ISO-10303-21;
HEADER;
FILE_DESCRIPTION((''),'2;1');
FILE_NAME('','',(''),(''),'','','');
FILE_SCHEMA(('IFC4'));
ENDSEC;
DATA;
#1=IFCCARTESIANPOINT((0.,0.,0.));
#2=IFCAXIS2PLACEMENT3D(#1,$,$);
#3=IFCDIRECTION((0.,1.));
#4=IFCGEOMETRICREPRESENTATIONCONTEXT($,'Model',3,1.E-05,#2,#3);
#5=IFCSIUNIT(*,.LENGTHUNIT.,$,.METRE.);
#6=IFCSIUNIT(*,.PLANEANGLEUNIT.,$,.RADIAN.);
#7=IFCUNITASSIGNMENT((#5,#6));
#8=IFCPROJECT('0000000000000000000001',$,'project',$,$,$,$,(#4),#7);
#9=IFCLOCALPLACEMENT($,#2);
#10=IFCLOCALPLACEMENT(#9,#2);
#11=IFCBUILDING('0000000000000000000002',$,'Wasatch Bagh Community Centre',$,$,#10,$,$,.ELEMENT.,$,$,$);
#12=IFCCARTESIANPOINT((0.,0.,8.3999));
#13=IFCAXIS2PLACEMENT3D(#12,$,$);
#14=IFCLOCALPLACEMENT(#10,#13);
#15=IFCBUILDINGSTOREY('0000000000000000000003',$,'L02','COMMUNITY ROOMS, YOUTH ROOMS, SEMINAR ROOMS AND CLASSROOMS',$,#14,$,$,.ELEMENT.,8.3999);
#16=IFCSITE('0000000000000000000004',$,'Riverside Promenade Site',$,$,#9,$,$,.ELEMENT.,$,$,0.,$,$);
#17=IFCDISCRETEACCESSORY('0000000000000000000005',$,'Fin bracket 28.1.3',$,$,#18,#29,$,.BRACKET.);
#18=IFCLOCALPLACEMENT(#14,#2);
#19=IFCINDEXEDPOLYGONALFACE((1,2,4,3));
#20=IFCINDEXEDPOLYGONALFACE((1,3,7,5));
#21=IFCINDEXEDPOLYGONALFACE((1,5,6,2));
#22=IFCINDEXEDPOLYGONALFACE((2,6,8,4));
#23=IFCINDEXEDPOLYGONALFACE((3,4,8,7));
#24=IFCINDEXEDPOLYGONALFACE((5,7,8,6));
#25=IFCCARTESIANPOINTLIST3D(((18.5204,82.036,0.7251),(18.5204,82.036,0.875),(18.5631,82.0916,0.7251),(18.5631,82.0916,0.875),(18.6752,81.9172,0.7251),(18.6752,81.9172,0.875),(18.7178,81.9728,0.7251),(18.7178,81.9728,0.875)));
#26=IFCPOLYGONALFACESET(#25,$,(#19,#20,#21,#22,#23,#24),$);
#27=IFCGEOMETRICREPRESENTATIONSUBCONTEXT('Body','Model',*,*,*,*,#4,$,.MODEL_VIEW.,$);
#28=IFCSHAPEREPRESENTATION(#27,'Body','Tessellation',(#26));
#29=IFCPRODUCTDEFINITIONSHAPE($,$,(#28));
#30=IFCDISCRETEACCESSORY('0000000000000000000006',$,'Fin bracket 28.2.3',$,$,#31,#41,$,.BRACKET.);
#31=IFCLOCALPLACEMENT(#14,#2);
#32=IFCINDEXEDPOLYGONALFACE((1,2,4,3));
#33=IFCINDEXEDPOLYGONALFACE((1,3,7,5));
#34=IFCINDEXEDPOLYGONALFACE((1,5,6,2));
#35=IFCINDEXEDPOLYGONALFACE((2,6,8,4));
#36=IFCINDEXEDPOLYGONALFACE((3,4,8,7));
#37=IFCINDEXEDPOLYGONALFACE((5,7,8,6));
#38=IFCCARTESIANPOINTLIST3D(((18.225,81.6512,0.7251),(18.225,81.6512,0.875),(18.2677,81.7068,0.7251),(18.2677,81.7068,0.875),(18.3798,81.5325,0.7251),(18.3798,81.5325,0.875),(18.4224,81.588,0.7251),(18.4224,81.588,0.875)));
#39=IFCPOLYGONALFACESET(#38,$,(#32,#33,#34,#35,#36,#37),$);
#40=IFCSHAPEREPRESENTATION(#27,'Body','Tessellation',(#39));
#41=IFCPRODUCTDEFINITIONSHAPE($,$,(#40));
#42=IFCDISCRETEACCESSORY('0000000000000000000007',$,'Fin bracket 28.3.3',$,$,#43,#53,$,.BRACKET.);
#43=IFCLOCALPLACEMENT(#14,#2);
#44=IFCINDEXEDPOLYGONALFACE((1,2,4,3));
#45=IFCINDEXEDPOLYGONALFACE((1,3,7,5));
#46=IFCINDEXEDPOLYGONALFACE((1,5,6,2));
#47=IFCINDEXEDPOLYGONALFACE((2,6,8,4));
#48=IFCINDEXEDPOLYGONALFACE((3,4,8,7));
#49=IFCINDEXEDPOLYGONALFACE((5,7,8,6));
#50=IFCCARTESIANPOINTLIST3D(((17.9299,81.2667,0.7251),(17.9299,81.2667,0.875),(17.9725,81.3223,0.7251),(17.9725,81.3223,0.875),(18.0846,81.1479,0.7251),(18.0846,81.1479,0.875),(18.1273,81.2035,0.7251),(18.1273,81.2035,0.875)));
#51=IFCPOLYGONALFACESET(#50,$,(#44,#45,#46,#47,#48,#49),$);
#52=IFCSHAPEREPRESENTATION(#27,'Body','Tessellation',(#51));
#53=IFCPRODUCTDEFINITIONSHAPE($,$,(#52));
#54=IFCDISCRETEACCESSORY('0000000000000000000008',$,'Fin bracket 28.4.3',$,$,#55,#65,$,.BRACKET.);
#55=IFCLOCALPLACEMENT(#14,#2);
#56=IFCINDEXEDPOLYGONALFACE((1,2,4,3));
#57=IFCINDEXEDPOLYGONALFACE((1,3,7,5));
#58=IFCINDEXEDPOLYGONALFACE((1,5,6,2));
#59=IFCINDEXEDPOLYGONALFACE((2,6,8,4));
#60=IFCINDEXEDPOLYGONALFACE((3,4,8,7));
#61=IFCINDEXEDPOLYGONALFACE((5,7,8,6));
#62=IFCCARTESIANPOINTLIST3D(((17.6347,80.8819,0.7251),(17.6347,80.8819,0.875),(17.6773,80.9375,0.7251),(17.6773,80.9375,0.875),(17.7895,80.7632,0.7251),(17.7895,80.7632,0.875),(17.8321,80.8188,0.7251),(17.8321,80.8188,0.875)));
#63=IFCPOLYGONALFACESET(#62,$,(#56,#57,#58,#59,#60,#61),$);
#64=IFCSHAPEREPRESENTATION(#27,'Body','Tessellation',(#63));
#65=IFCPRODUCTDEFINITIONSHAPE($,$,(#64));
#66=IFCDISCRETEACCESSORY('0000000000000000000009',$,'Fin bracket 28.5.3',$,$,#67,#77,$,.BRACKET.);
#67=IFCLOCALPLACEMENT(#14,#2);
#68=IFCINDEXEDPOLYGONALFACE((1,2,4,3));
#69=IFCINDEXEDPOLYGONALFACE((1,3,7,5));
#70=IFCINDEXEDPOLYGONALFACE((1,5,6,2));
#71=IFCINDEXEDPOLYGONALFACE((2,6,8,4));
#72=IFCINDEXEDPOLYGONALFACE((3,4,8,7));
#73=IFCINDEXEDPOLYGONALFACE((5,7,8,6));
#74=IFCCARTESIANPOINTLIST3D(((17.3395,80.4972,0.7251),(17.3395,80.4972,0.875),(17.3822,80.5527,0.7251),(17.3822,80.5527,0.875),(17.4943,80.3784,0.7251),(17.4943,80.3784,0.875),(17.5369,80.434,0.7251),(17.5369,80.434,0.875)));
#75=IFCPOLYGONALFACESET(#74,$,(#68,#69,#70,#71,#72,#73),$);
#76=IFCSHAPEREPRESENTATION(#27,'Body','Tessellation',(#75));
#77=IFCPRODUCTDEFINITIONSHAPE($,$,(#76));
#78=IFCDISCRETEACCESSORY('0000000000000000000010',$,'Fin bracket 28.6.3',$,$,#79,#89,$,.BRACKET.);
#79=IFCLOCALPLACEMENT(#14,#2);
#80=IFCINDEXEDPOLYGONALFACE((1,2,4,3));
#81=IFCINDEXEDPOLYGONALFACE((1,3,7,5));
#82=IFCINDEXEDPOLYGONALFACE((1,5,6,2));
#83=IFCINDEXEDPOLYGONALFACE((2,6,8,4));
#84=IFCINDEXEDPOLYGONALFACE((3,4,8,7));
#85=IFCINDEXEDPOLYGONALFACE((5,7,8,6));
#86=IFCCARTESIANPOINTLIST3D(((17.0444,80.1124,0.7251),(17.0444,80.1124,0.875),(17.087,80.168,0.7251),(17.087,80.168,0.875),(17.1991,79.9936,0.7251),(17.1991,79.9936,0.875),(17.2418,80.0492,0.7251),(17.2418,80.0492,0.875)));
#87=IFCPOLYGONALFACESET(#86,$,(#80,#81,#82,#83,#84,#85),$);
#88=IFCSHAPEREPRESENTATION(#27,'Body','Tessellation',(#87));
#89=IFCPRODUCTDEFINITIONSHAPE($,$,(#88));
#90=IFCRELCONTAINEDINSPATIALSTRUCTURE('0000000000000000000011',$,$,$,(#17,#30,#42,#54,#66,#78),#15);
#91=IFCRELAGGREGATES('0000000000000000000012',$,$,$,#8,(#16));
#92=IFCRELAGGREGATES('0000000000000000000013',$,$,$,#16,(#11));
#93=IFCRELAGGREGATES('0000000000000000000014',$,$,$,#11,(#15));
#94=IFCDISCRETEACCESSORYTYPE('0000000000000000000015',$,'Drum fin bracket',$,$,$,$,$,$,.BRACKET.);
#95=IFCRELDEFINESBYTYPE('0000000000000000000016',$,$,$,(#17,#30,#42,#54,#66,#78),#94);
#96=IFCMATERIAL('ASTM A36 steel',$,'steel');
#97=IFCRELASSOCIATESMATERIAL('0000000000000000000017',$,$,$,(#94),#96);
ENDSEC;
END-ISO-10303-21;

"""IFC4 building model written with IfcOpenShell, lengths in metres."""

from ifc_helpers import new_model, si_unit, direction, frame, origin, origin_2d, place, context, subcontext, project, spatial, rectangle, extrude, material, type_object, element, save


model = new_model("IFC4")

# Units and contexts
model_context = context("Model", 3, precision=1e-05, world=origin(), true_north=direction((0.0, 1.0)))
body_context = subcontext(model_context, "Body", "Model", "MODEL_VIEW")
ifc_project = project(units=[si_unit("LENGTHUNIT", "METRE"), si_unit("PLANEANGLEUNIT", "RADIAN")], contexts=[model_context])

# Site, building, storey
site_placement = place(None, origin())
site = spatial("IfcSite", under=ifc_project, at=site_placement, Name="Riverside Promenade Site", CompositionType="ELEMENT", RefElevation=0.0)
building_placement = place(site_placement, origin())
building = spatial("IfcBuilding", under=site, at=building_placement, Name="Wasatch Bagh Community Centre", CompositionType="ELEMENT")
storey_placement = place(building_placement, frame((0.0, 0.0, 8.3999)))
storey = spatial("IfcBuildingStorey", under=building, at=storey_placement, Name="L02", Description="COMMUNITY ROOMS, YOUTH ROOMS, SEMINAR ROOMS AND CLASSROOMS", CompositionType="ELEMENT", Elevation=8.3999)

# Discrete accessories
ifc_material_1 = material(Name="ASTM A36 steel", Category="steel")
discrete_accessory_type = type_object("IfcDiscreteAccessoryType", Name="Drum fin bracket", PredefinedType="BRACKET", material=ifc_material_1)
for number, where, z_axis, x_axis, name in (
    (1, (18.6191, 82.0044, 0.7251), (0.0, 0.0, 1.0), (-0.608761, -0.793353, 0.0), "Fin bracket 28.1.3"),
    (2, (18.3237, 81.6196, 0.7251), (0.0, 0.0, 1.0), (-0.608761, -0.793353, 0.0), "Fin bracket 28.2.3"),
    (3, (18.0286, 81.2351, 0.7251), (0.0, 0.0, 1.0), (-0.608761, -0.793353, 0.0), "Fin bracket 28.3.3"),
    (4, (17.7334, 80.8503, 0.7251), (0.0, 0.0, 1.0), (-0.608761, -0.793353, 0.0), "Fin bracket 28.4.3"),
    (5, (17.4382, 80.4656, 0.7251), (0.0, 0.0, 1.0), (-0.608761, -0.793353, 0.0), "Fin bracket 28.5.3"),
    (6, (17.1431, 80.0808, 0.7251), (0.0, 0.0, 1.0), (-0.608761, -0.793353, 0.0), "Fin bracket 28.6.3"),
):
    element("IfcDiscreteAccessory", number, at=place(storey_placement, frame(where, z_axis=z_axis, x_axis=x_axis)), inside=storey, type_object=discrete_accessory_type, Name=name, PredefinedType="BRACKET", context=body_context, shape_type="SweptSolid", body=[
        extrude(rectangle(XDim=0.0701, YDim=0.1951, at=origin_2d()), origin(), (0.0, 0.0, 1.0), 0.1499),
    ])

save(model, "model.ifc")
